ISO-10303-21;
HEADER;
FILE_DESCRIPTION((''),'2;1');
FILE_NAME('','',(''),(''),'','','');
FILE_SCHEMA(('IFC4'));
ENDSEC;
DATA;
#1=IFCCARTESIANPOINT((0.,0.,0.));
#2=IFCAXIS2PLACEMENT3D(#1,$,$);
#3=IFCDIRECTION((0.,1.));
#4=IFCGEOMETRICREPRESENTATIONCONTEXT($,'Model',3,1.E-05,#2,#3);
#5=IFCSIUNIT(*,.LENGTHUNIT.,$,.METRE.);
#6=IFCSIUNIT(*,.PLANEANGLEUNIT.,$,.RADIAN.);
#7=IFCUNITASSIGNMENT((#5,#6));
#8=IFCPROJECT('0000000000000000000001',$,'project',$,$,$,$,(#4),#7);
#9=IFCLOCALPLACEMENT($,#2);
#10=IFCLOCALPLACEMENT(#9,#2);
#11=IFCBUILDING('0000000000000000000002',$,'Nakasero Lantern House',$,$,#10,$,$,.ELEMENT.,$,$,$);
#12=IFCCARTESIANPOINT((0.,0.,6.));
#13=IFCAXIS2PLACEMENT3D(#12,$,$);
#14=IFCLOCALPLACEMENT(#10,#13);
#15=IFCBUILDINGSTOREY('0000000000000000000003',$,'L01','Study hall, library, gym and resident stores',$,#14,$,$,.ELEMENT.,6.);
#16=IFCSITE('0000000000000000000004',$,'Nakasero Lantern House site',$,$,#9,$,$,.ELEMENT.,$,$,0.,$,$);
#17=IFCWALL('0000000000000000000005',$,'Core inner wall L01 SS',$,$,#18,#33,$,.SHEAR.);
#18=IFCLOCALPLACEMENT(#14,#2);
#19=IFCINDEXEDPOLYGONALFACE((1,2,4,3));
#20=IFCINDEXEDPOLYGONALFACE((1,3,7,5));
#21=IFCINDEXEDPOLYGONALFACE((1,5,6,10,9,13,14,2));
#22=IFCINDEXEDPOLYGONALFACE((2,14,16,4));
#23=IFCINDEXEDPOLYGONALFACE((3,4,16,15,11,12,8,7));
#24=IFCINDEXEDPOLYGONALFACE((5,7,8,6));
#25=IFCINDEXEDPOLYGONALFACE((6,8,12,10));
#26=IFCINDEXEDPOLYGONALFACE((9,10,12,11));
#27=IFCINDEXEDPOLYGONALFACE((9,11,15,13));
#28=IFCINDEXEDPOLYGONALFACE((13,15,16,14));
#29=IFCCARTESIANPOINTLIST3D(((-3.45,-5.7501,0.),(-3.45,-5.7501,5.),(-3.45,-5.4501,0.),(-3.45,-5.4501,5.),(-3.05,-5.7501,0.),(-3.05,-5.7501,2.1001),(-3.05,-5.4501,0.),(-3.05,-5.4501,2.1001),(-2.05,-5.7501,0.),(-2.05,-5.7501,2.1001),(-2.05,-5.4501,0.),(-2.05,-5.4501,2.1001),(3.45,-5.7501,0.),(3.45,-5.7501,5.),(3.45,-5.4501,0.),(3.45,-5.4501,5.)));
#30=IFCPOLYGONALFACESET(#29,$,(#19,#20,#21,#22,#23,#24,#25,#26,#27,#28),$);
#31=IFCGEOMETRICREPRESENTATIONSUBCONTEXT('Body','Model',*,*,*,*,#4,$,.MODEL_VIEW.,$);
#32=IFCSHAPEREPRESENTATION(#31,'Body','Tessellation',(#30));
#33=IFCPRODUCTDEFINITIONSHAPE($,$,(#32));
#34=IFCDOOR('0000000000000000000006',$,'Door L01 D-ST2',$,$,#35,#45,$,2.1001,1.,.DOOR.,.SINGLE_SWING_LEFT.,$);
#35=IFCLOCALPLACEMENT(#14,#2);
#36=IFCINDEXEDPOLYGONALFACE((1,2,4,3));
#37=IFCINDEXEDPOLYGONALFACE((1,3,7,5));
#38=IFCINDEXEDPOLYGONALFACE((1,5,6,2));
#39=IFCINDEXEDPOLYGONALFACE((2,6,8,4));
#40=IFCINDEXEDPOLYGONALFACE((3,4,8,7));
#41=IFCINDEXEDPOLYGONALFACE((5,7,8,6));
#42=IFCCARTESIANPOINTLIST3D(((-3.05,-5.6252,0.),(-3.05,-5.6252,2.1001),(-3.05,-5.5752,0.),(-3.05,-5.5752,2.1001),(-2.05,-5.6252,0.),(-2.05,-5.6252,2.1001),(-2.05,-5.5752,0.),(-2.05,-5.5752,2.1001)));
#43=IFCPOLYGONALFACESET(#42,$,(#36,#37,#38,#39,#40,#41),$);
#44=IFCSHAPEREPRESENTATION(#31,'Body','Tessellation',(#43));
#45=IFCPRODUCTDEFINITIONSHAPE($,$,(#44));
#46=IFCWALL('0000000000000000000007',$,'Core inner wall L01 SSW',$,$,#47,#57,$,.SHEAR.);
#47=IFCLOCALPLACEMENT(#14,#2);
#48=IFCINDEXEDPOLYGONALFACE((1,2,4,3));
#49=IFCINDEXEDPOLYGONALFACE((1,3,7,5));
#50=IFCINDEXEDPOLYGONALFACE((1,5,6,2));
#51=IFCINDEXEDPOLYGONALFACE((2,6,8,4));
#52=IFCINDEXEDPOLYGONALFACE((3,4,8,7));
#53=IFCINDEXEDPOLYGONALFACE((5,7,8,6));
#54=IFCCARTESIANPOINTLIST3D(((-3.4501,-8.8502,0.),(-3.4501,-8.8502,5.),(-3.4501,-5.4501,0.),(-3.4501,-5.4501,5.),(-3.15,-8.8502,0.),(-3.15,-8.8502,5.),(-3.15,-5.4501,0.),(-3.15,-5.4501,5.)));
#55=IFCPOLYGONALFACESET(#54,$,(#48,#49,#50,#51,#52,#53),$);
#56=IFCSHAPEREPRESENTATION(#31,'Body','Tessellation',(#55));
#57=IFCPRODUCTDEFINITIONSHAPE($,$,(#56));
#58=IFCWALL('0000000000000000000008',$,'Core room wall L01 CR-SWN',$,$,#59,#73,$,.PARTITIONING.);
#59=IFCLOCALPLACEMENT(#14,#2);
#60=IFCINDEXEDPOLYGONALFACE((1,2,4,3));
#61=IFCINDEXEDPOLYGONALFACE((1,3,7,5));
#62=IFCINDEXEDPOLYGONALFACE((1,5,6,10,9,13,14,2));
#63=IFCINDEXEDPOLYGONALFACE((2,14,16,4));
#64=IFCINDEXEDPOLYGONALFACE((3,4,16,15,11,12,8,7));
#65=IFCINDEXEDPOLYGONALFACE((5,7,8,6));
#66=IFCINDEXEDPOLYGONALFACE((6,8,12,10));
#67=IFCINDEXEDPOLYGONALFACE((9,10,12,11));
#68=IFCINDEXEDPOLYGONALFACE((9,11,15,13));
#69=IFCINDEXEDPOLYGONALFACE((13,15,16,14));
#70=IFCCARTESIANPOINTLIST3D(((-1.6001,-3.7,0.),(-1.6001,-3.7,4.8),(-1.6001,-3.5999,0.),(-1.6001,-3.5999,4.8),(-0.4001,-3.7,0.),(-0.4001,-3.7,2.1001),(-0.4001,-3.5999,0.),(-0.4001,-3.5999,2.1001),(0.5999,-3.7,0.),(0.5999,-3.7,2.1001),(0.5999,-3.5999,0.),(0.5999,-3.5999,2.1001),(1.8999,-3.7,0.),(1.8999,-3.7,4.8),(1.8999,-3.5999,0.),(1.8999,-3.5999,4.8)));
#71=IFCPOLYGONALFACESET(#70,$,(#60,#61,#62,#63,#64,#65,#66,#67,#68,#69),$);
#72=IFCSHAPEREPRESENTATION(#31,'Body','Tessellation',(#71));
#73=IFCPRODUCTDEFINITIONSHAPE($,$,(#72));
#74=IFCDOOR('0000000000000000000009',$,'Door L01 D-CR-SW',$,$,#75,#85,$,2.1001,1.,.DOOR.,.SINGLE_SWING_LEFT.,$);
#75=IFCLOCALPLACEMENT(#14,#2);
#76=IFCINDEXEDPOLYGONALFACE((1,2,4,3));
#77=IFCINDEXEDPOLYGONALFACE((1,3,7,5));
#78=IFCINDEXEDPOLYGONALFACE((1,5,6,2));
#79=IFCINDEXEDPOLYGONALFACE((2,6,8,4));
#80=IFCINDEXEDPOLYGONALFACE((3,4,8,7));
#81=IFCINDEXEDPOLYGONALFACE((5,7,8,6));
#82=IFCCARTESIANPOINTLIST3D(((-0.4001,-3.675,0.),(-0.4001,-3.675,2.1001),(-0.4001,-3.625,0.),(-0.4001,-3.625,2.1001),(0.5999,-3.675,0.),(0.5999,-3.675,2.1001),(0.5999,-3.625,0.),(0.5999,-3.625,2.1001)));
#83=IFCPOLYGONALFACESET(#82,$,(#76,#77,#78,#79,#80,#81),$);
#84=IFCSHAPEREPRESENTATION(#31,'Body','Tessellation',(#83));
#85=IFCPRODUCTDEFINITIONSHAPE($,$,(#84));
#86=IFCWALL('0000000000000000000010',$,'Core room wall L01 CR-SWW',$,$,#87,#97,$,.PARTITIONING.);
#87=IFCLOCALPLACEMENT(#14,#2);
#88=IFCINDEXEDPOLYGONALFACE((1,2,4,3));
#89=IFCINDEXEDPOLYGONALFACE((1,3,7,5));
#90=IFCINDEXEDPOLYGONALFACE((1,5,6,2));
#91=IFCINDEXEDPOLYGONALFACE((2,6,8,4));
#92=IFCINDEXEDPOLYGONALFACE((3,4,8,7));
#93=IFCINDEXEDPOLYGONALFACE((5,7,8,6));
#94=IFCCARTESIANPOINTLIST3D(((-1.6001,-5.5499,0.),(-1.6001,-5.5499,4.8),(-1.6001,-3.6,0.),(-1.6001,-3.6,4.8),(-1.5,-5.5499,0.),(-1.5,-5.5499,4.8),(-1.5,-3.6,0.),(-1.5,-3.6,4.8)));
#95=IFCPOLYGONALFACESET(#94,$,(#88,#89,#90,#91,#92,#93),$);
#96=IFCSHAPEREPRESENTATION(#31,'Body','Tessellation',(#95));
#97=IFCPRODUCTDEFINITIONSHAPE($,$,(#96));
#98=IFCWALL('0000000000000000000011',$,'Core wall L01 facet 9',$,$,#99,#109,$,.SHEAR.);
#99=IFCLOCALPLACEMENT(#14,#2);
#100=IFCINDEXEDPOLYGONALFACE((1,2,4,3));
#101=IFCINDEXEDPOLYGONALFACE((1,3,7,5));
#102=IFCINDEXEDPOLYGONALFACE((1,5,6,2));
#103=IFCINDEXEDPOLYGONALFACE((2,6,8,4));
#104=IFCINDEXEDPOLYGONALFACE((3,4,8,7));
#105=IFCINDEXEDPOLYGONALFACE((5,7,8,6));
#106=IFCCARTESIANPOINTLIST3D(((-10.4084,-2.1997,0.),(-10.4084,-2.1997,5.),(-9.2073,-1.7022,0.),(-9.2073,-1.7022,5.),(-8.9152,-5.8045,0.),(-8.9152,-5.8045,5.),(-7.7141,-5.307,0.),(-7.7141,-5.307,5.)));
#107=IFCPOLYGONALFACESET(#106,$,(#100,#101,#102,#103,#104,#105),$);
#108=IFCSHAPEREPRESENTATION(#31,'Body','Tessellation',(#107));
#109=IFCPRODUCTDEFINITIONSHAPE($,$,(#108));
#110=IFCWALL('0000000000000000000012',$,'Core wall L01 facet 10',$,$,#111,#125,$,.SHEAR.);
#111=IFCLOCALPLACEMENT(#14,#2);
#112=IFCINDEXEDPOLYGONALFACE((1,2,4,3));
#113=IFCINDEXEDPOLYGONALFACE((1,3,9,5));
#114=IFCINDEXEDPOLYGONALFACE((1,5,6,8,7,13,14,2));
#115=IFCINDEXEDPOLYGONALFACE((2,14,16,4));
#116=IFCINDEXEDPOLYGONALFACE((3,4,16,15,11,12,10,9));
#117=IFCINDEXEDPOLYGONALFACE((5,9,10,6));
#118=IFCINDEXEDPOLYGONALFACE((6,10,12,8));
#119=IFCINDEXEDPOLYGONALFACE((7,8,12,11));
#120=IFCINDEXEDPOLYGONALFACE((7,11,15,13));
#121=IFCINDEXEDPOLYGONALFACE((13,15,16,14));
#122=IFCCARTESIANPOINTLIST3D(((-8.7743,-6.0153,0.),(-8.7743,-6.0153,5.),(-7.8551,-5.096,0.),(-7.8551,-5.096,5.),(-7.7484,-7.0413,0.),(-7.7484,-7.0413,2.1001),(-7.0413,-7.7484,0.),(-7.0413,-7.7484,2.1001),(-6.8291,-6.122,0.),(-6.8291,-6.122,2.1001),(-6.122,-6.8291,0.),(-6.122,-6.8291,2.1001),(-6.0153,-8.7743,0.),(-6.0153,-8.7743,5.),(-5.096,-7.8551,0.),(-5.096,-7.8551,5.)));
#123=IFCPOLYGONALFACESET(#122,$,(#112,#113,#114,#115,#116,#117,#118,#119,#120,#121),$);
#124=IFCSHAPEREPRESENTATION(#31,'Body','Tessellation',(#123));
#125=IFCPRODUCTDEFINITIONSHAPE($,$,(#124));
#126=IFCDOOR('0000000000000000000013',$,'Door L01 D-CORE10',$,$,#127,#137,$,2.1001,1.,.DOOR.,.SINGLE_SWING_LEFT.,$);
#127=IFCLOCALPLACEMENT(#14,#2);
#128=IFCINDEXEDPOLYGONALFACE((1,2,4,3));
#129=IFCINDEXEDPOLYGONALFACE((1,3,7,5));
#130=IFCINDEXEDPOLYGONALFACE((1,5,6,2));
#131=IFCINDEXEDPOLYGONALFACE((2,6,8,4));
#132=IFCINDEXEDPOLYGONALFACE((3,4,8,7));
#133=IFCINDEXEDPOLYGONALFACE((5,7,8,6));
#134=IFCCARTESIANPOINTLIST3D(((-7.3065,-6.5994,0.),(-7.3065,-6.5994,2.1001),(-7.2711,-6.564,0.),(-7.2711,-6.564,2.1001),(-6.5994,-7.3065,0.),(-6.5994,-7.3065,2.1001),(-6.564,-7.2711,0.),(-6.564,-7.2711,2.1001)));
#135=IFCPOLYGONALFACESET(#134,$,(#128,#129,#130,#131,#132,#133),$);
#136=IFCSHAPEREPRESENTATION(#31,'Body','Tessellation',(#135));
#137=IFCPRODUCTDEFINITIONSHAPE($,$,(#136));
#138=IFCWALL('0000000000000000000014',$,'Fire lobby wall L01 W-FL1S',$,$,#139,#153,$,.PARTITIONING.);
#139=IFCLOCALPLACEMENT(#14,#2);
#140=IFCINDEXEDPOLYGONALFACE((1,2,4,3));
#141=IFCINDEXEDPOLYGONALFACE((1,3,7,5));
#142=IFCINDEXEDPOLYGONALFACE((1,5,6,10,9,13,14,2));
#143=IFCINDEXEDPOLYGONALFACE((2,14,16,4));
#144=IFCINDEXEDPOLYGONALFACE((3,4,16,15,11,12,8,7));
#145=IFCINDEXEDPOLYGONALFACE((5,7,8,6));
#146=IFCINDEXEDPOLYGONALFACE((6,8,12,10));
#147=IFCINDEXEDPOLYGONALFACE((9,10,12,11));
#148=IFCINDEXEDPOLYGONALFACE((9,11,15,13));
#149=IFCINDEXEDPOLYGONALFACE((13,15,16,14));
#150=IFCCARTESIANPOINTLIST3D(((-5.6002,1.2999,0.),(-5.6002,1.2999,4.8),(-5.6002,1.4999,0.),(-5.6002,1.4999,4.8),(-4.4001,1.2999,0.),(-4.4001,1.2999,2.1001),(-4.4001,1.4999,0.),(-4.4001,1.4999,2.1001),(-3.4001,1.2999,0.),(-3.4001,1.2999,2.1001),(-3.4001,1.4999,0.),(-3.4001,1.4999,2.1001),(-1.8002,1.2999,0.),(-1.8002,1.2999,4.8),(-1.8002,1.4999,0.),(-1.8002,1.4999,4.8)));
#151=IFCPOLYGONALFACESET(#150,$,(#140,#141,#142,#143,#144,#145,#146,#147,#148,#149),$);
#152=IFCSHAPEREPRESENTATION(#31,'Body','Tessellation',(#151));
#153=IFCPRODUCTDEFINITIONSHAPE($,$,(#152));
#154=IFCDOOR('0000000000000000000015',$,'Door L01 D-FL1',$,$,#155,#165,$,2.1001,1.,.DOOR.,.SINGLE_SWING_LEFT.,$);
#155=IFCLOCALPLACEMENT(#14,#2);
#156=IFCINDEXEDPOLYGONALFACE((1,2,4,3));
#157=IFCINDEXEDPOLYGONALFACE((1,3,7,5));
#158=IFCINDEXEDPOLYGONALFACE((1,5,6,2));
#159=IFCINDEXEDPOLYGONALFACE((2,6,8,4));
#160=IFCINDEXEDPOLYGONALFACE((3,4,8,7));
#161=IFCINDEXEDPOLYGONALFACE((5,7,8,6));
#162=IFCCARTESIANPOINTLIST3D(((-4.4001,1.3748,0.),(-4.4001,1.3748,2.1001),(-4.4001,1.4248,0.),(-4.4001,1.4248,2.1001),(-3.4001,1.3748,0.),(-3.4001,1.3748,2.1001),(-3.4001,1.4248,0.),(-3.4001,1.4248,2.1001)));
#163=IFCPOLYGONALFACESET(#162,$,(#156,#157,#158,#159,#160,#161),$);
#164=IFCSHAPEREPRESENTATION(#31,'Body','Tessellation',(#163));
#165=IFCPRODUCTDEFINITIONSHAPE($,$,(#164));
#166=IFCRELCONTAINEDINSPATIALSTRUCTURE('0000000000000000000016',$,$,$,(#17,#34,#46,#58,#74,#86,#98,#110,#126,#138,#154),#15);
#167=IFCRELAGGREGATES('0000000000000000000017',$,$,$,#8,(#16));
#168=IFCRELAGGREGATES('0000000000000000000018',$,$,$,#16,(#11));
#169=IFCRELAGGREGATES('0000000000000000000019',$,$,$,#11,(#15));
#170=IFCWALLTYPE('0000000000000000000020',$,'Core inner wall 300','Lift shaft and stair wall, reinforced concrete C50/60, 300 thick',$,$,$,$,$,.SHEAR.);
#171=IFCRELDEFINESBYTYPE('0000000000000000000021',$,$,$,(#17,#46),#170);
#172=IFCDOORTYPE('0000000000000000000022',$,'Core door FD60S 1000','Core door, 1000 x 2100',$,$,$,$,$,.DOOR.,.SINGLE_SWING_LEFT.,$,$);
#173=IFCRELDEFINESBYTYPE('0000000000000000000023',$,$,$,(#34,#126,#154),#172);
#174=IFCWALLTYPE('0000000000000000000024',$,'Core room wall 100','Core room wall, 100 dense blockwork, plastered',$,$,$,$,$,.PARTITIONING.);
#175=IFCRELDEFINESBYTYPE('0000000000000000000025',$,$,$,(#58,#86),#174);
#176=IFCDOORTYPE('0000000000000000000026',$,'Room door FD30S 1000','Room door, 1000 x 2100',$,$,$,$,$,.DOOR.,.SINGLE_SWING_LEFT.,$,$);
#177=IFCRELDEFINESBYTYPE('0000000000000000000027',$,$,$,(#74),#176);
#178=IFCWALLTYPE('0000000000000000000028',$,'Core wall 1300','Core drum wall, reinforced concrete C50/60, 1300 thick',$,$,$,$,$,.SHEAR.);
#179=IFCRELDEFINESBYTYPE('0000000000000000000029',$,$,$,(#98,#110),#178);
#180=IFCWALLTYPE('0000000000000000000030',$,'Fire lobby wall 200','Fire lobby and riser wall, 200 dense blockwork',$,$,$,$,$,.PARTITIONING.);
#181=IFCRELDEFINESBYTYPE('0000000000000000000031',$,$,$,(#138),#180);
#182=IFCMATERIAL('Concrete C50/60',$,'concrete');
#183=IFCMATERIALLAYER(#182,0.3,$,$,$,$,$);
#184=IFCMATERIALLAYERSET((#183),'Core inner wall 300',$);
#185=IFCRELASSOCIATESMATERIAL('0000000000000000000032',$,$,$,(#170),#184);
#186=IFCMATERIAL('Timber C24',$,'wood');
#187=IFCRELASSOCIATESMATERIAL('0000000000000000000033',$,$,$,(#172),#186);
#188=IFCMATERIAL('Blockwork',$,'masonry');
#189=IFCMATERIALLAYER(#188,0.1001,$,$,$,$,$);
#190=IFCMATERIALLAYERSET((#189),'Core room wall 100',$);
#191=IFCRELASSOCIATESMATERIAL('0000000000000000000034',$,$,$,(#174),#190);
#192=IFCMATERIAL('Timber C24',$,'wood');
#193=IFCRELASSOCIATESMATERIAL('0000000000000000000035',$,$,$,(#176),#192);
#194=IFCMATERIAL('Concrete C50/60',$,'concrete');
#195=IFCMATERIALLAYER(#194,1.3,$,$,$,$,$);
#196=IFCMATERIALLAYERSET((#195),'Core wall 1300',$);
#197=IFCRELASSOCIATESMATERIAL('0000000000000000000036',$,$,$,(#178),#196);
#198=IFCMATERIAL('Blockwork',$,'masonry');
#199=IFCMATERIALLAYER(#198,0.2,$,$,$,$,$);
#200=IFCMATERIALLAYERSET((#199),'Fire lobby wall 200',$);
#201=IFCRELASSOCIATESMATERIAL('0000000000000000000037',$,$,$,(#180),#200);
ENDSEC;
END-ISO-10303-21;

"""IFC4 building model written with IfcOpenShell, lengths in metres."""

from ifc_helpers import new_model, si_unit, direction, frame, frame_2d, origin, place, context, subcontext, project, spatial, rectangle, extrude, material, layer, layer_set, type_object, element, fill, save


model = new_model("IFC4")

# Units and contexts
model_context = context("Model", 3, precision=1e-05, world=origin(), true_north=direction((0.0, 1.0)))
body_context = subcontext(model_context, "Body", "Model", "MODEL_VIEW")
ifc_project = project(units=[si_unit("LENGTHUNIT", "METRE"), si_unit("PLANEANGLEUNIT", "RADIAN")], contexts=[model_context])

# Site, building, storey
site_placement = place(None, origin())
site = spatial("IfcSite", under=ifc_project, at=site_placement, Name="Nakasero Lantern House site", CompositionType="ELEMENT", RefElevation=0.0)
building_placement = place(site_placement, origin())
building = spatial("IfcBuilding", under=site, at=building_placement, Name="Nakasero Lantern House", CompositionType="ELEMENT")
storey_placement = place(building_placement, frame((0.0, 0.0, 6.0)))
storey = spatial("IfcBuildingStorey", under=building, at=storey_placement, Name="L01", Description="Study hall, library, gym and resident stores", CompositionType="ELEMENT", Elevation=6.0)

# Shared definitions
ifc_material_1 = material(Name="Concrete C50/60", Category="concrete")
ifc_layer_1 = layer(ifc_material_1, 0.3)
ifc_layer_set_1 = layer_set([ifc_layer_1], Name="Core inner wall 300")
wall_type_1 = type_object("IfcWallType", Name="Core inner wall 300", Description="Lift shaft and stair wall, reinforced concrete C50/60, 300 thick", PredefinedType="SHEAR", material=ifc_layer_set_1)

# Wall, opening, door
wall_1_placement = place(storey_placement, frame((-3.45, -5.6001, 0.0), z_axis=(0.0, 0.0, 1.0), x_axis=(1.0, 0.0, 0.0)))
wall_1 = element("IfcWall", 1, at=wall_1_placement, inside=storey, type_object=wall_type_1, Name="Core inner wall L01 SS", PredefinedType="SHEAR", context=body_context, shape_type="SweptSolid", body=[
    extrude(rectangle(XDim=6.8999, YDim=0.3, at=frame_2d((3.45, 0.0))), origin(), (0.0, 0.0, 1.0), 5.0),
])
opening_1_placement = place(wall_1_placement, frame((0.3999, 0.0, 0.0)))
opening_1 = element("IfcOpeningElement", 2, at=opening_1_placement, cuts=wall_1, PredefinedType="OPENING", context=body_context, shape_type="SweptSolid", body=[
    extrude(rectangle(XDim=1.0, YDim=2.1001, at=frame_2d((0.5, 1.05))), frame((0.0, 0.1699, 0.0), z_axis=(0.0, -1.0, 0.0), x_axis=(1.0, 0.0, 0.0)), (0.0, 0.0, 1.0), 0.3401),
])
ifc_material_2 = material(Name="Timber C24", Category="wood")
door_type_1 = type_object("IfcDoorType", Name="Core door FD60S 1000", Description="Core door, 1000 x 2100", OperationType="SINGLE_SWING_LEFT", PredefinedType="DOOR", material=ifc_material_2)
door_1_placement = place(opening_1_placement, origin())
door_1 = element("IfcDoor", 3, at=door_1_placement, inside=storey, type_object=door_type_1, Name="Door L01 D-ST2", OperationType="SINGLE_SWING_LEFT", OverallHeight=2.1001, OverallWidth=1.0, PredefinedType="DOOR", context=body_context, shape_type="SweptSolid", body=[
    extrude(rectangle(XDim=1.0, YDim=2.1001, at=frame_2d((0.5, 1.05))), frame((0.0, 0.0249, 0.0), z_axis=(0.0, -1.0, 0.0), x_axis=(1.0, 0.0, 0.0)), (0.0, 0.0, 1.0), 0.05),
])
fill(opening_1, door_1)

# Wall
wall_2_placement = place(storey_placement, frame((-3.3, -5.45, 0.0), z_axis=(0.0, 0.0, 1.0), x_axis=(0.0, -1.0, 0.0)))
element("IfcWall", 4, at=wall_2_placement, inside=storey, type_object=wall_type_1, Name="Core inner wall L01 SSW", PredefinedType="SHEAR", context=body_context, shape_type="SweptSolid", body=[
    extrude(rectangle(XDim=3.4001, YDim=0.3, at=frame_2d((1.7002, 0.0))), origin(), (0.0, 0.0, 1.0), 5.0),
])

# Wall, opening, door
ifc_material_3 = material(Name="Blockwork", Category="masonry")
ifc_layer_2 = layer(ifc_material_3, 0.1001)
ifc_layer_set_2 = layer_set([ifc_layer_2], Name="Core room wall 100")
wall_type_2 = type_object("IfcWallType", Name="Core room wall 100", Description="Core room wall, 100 dense blockwork, plastered", PredefinedType="PARTITIONING", material=ifc_layer_set_2)
wall_3_placement = place(storey_placement, frame((-1.6001, -3.6499, 0.0), z_axis=(0.0, 0.0, 1.0), x_axis=(1.0, 0.0, 0.0)))
wall_3 = element("IfcWall", 5, at=wall_3_placement, inside=storey, type_object=wall_type_2, Name="Core room wall L01 CR-SWN", PredefinedType="PARTITIONING", context=body_context, shape_type="SweptSolid", body=[
    extrude(rectangle(XDim=3.5, YDim=0.1001, at=frame_2d((1.75, 0.0))), origin(), (0.0, 0.0, 1.0), 4.8),
])
opening_2_placement = place(wall_3_placement, frame((1.2, 0.0, 0.0)))
opening_2 = element("IfcOpeningElement", 6, at=opening_2_placement, cuts=wall_3, PredefinedType="OPENING", context=body_context, shape_type="SweptSolid", body=[
    extrude(rectangle(XDim=1.0, YDim=2.1001, at=frame_2d((0.5, 1.05))), frame((0.0, 0.0701, 0.0), z_axis=(0.0, -1.0, 0.0), x_axis=(1.0, 0.0, 0.0)), (0.0, 0.0, 1.0), 0.1401),
])
ifc_material_4 = material(Name="Timber C24", Category="wood")
door_type_2 = type_object("IfcDoorType", Name="Room door FD30S 1000", Description="Room door, 1000 x 2100", OperationType="SINGLE_SWING_LEFT", PredefinedType="DOOR", material=ifc_material_4)
door_2_placement = place(opening_2_placement, origin())
door_2 = element("IfcDoor", 7, at=door_2_placement, inside=storey, type_object=door_type_2, Name="Door L01 D-CR-SW", OperationType="SINGLE_SWING_LEFT", OverallHeight=2.1001, OverallWidth=1.0, PredefinedType="DOOR", context=body_context, shape_type="SweptSolid", body=[
    extrude(rectangle(XDim=1.0, YDim=2.1001, at=frame_2d((0.5, 1.05))), frame((0.0, 0.0249, 0.0), z_axis=(0.0, -1.0, 0.0), x_axis=(1.0, 0.0, 0.0)), (0.0, 0.0, 1.0), 0.05),
])
fill(opening_2, door_2)

# Walls
wall_4_placement = place(storey_placement, frame((-1.55, -5.55, 0.0), z_axis=(0.0, 0.0, 1.0), x_axis=(0.0, 1.0, 0.0)))
element("IfcWall", 8, at=wall_4_placement, inside=storey, type_object=wall_type_2, Name="Core room wall L01 CR-SWW", PredefinedType="PARTITIONING", context=body_context, shape_type="SweptSolid", body=[
    extrude(rectangle(XDim=1.95, YDim=0.1001, at=frame_2d((0.9751, 0.0))), origin(), (0.0, 0.0, 1.0), 4.8),
])
ifc_material_5 = material(Name="Concrete C50/60", Category="concrete")
ifc_layer_3 = layer(ifc_material_5, 1.3)
ifc_layer_set_3 = layer_set([ifc_layer_3], Name="Core wall 1300")
wall_type_3 = type_object("IfcWallType", Name="Core wall 1300", Description="Core drum wall, reinforced concrete C50/60, 1300 thick", PredefinedType="SHEAR", material=ifc_layer_set_3)
wall_5_placement = place(storey_placement, frame((-9.8079, -1.9509, 0.0), z_axis=(0.0, 0.0, 1.0), x_axis=(0.382691, -0.923877, 0.0)))
element("IfcWall", 9, at=wall_5_placement, inside=storey, type_object=wall_type_3, Name="Core wall L01 facet 9", PredefinedType="SHEAR", context=body_context, shape_type="SweptSolid", body=[
    extrude(rectangle(XDim=3.9019, YDim=1.3, at=frame_2d((1.9509, 0.0))), origin(), (0.0, 0.0, 1.0), 5.0),
])

# Walls, openings, doors
wall_6_placement = place(storey_placement, frame((-8.3147, -5.5557, 0.0), z_axis=(0.0, 0.0, 1.0), x_axis=(0.707107, -0.707107, 0.0)))
wall_6 = element("IfcWall", 10, at=wall_6_placement, inside=storey, type_object=wall_type_3, Name="Core wall L01 facet 10", PredefinedType="SHEAR", context=body_context, shape_type="SweptSolid", body=[
    extrude(rectangle(XDim=3.9019, YDim=1.3, at=frame_2d((1.9509, 0.0))), origin(), (0.0, 0.0, 1.0), 5.0),
])
opening_3_placement = place(wall_6_placement, frame((1.4509, 0.0, 0.0)))
opening_3 = element("IfcOpeningElement", 11, at=opening_3_placement, cuts=wall_6, PredefinedType="OPENING", context=body_context, shape_type="SweptSolid", body=[
    extrude(rectangle(XDim=1.0, YDim=2.1001, at=frame_2d((0.5, 1.05))), frame((0.0, 0.6699, 0.0), z_axis=(0.0, -1.0, 0.0), x_axis=(1.0, 0.0, 0.0)), (0.0, 0.0, 1.0), 1.3401),
])
door_3_placement = place(opening_3_placement, origin())
door_3 = element("IfcDoor", 12, at=door_3_placement, inside=storey, type_object=door_type_1, Name="Door L01 D-CORE10", OperationType="SINGLE_SWING_LEFT", OverallHeight=2.1001, OverallWidth=1.0, PredefinedType="DOOR", context=body_context, shape_type="SweptSolid", body=[
    extrude(rectangle(XDim=1.0, YDim=2.1001, at=frame_2d((0.5, 1.05))), frame((0.0, 0.0249, 0.0), z_axis=(0.0, -1.0, 0.0), x_axis=(1.0, 0.0, 0.0)), (0.0, 0.0, 1.0), 0.05),
])
fill(opening_3, door_3)
ifc_material_6 = material(Name="Blockwork", Category="masonry")
ifc_layer_4 = layer(ifc_material_6, 0.2)
ifc_layer_set_4 = layer_set([ifc_layer_4], Name="Fire lobby wall 200")
wall_type_4 = type_object("IfcWallType", Name="Fire lobby wall 200", Description="Fire lobby and riser wall, 200 dense blockwork", PredefinedType="PARTITIONING", material=ifc_layer_set_4)
wall_7_placement = place(storey_placement, frame((-5.6001, 1.3999, 0.0), z_axis=(0.0, 0.0, 1.0), x_axis=(1.0, 0.0, 0.0)))
wall_7 = element("IfcWall", 13, at=wall_7_placement, inside=storey, type_object=wall_type_4, Name="Fire lobby wall L01 W-FL1S", PredefinedType="PARTITIONING", context=body_context, shape_type="SweptSolid", body=[
    extrude(rectangle(XDim=3.8, YDim=0.2, at=frame_2d((1.8999, 0.0))), origin(), (0.0, 0.0, 1.0), 4.8),
])
opening_4_placement = place(wall_7_placement, frame((1.2, 0.0, 0.0)))
opening_4 = element("IfcOpeningElement", 14, at=opening_4_placement, cuts=wall_7, PredefinedType="OPENING", context=body_context, shape_type="SweptSolid", body=[
    extrude(rectangle(XDim=1.0, YDim=2.1001, at=frame_2d((0.5, 1.05))), frame((0.0, 0.1199, 0.0), z_axis=(0.0, -1.0, 0.0), x_axis=(1.0, 0.0, 0.0)), (0.0, 0.0, 1.0), 0.24),
])
door_4_placement = place(opening_4_placement, origin())
door_4 = element("IfcDoor", 15, at=door_4_placement, inside=storey, type_object=door_type_1, Name="Door L01 D-FL1", OperationType="SINGLE_SWING_LEFT", OverallHeight=2.1001, OverallWidth=1.0, PredefinedType="DOOR", context=body_context, shape_type="SweptSolid", body=[
    extrude(rectangle(XDim=1.0, YDim=2.1001, at=frame_2d((0.5, 1.05))), frame((0.0, 0.0249, 0.0), z_axis=(0.0, -1.0, 0.0), x_axis=(1.0, 0.0, 0.0)), (0.0, 0.0, 1.0), 0.05),
])
fill(opening_4, door_4)

save(model, "model.ifc")
